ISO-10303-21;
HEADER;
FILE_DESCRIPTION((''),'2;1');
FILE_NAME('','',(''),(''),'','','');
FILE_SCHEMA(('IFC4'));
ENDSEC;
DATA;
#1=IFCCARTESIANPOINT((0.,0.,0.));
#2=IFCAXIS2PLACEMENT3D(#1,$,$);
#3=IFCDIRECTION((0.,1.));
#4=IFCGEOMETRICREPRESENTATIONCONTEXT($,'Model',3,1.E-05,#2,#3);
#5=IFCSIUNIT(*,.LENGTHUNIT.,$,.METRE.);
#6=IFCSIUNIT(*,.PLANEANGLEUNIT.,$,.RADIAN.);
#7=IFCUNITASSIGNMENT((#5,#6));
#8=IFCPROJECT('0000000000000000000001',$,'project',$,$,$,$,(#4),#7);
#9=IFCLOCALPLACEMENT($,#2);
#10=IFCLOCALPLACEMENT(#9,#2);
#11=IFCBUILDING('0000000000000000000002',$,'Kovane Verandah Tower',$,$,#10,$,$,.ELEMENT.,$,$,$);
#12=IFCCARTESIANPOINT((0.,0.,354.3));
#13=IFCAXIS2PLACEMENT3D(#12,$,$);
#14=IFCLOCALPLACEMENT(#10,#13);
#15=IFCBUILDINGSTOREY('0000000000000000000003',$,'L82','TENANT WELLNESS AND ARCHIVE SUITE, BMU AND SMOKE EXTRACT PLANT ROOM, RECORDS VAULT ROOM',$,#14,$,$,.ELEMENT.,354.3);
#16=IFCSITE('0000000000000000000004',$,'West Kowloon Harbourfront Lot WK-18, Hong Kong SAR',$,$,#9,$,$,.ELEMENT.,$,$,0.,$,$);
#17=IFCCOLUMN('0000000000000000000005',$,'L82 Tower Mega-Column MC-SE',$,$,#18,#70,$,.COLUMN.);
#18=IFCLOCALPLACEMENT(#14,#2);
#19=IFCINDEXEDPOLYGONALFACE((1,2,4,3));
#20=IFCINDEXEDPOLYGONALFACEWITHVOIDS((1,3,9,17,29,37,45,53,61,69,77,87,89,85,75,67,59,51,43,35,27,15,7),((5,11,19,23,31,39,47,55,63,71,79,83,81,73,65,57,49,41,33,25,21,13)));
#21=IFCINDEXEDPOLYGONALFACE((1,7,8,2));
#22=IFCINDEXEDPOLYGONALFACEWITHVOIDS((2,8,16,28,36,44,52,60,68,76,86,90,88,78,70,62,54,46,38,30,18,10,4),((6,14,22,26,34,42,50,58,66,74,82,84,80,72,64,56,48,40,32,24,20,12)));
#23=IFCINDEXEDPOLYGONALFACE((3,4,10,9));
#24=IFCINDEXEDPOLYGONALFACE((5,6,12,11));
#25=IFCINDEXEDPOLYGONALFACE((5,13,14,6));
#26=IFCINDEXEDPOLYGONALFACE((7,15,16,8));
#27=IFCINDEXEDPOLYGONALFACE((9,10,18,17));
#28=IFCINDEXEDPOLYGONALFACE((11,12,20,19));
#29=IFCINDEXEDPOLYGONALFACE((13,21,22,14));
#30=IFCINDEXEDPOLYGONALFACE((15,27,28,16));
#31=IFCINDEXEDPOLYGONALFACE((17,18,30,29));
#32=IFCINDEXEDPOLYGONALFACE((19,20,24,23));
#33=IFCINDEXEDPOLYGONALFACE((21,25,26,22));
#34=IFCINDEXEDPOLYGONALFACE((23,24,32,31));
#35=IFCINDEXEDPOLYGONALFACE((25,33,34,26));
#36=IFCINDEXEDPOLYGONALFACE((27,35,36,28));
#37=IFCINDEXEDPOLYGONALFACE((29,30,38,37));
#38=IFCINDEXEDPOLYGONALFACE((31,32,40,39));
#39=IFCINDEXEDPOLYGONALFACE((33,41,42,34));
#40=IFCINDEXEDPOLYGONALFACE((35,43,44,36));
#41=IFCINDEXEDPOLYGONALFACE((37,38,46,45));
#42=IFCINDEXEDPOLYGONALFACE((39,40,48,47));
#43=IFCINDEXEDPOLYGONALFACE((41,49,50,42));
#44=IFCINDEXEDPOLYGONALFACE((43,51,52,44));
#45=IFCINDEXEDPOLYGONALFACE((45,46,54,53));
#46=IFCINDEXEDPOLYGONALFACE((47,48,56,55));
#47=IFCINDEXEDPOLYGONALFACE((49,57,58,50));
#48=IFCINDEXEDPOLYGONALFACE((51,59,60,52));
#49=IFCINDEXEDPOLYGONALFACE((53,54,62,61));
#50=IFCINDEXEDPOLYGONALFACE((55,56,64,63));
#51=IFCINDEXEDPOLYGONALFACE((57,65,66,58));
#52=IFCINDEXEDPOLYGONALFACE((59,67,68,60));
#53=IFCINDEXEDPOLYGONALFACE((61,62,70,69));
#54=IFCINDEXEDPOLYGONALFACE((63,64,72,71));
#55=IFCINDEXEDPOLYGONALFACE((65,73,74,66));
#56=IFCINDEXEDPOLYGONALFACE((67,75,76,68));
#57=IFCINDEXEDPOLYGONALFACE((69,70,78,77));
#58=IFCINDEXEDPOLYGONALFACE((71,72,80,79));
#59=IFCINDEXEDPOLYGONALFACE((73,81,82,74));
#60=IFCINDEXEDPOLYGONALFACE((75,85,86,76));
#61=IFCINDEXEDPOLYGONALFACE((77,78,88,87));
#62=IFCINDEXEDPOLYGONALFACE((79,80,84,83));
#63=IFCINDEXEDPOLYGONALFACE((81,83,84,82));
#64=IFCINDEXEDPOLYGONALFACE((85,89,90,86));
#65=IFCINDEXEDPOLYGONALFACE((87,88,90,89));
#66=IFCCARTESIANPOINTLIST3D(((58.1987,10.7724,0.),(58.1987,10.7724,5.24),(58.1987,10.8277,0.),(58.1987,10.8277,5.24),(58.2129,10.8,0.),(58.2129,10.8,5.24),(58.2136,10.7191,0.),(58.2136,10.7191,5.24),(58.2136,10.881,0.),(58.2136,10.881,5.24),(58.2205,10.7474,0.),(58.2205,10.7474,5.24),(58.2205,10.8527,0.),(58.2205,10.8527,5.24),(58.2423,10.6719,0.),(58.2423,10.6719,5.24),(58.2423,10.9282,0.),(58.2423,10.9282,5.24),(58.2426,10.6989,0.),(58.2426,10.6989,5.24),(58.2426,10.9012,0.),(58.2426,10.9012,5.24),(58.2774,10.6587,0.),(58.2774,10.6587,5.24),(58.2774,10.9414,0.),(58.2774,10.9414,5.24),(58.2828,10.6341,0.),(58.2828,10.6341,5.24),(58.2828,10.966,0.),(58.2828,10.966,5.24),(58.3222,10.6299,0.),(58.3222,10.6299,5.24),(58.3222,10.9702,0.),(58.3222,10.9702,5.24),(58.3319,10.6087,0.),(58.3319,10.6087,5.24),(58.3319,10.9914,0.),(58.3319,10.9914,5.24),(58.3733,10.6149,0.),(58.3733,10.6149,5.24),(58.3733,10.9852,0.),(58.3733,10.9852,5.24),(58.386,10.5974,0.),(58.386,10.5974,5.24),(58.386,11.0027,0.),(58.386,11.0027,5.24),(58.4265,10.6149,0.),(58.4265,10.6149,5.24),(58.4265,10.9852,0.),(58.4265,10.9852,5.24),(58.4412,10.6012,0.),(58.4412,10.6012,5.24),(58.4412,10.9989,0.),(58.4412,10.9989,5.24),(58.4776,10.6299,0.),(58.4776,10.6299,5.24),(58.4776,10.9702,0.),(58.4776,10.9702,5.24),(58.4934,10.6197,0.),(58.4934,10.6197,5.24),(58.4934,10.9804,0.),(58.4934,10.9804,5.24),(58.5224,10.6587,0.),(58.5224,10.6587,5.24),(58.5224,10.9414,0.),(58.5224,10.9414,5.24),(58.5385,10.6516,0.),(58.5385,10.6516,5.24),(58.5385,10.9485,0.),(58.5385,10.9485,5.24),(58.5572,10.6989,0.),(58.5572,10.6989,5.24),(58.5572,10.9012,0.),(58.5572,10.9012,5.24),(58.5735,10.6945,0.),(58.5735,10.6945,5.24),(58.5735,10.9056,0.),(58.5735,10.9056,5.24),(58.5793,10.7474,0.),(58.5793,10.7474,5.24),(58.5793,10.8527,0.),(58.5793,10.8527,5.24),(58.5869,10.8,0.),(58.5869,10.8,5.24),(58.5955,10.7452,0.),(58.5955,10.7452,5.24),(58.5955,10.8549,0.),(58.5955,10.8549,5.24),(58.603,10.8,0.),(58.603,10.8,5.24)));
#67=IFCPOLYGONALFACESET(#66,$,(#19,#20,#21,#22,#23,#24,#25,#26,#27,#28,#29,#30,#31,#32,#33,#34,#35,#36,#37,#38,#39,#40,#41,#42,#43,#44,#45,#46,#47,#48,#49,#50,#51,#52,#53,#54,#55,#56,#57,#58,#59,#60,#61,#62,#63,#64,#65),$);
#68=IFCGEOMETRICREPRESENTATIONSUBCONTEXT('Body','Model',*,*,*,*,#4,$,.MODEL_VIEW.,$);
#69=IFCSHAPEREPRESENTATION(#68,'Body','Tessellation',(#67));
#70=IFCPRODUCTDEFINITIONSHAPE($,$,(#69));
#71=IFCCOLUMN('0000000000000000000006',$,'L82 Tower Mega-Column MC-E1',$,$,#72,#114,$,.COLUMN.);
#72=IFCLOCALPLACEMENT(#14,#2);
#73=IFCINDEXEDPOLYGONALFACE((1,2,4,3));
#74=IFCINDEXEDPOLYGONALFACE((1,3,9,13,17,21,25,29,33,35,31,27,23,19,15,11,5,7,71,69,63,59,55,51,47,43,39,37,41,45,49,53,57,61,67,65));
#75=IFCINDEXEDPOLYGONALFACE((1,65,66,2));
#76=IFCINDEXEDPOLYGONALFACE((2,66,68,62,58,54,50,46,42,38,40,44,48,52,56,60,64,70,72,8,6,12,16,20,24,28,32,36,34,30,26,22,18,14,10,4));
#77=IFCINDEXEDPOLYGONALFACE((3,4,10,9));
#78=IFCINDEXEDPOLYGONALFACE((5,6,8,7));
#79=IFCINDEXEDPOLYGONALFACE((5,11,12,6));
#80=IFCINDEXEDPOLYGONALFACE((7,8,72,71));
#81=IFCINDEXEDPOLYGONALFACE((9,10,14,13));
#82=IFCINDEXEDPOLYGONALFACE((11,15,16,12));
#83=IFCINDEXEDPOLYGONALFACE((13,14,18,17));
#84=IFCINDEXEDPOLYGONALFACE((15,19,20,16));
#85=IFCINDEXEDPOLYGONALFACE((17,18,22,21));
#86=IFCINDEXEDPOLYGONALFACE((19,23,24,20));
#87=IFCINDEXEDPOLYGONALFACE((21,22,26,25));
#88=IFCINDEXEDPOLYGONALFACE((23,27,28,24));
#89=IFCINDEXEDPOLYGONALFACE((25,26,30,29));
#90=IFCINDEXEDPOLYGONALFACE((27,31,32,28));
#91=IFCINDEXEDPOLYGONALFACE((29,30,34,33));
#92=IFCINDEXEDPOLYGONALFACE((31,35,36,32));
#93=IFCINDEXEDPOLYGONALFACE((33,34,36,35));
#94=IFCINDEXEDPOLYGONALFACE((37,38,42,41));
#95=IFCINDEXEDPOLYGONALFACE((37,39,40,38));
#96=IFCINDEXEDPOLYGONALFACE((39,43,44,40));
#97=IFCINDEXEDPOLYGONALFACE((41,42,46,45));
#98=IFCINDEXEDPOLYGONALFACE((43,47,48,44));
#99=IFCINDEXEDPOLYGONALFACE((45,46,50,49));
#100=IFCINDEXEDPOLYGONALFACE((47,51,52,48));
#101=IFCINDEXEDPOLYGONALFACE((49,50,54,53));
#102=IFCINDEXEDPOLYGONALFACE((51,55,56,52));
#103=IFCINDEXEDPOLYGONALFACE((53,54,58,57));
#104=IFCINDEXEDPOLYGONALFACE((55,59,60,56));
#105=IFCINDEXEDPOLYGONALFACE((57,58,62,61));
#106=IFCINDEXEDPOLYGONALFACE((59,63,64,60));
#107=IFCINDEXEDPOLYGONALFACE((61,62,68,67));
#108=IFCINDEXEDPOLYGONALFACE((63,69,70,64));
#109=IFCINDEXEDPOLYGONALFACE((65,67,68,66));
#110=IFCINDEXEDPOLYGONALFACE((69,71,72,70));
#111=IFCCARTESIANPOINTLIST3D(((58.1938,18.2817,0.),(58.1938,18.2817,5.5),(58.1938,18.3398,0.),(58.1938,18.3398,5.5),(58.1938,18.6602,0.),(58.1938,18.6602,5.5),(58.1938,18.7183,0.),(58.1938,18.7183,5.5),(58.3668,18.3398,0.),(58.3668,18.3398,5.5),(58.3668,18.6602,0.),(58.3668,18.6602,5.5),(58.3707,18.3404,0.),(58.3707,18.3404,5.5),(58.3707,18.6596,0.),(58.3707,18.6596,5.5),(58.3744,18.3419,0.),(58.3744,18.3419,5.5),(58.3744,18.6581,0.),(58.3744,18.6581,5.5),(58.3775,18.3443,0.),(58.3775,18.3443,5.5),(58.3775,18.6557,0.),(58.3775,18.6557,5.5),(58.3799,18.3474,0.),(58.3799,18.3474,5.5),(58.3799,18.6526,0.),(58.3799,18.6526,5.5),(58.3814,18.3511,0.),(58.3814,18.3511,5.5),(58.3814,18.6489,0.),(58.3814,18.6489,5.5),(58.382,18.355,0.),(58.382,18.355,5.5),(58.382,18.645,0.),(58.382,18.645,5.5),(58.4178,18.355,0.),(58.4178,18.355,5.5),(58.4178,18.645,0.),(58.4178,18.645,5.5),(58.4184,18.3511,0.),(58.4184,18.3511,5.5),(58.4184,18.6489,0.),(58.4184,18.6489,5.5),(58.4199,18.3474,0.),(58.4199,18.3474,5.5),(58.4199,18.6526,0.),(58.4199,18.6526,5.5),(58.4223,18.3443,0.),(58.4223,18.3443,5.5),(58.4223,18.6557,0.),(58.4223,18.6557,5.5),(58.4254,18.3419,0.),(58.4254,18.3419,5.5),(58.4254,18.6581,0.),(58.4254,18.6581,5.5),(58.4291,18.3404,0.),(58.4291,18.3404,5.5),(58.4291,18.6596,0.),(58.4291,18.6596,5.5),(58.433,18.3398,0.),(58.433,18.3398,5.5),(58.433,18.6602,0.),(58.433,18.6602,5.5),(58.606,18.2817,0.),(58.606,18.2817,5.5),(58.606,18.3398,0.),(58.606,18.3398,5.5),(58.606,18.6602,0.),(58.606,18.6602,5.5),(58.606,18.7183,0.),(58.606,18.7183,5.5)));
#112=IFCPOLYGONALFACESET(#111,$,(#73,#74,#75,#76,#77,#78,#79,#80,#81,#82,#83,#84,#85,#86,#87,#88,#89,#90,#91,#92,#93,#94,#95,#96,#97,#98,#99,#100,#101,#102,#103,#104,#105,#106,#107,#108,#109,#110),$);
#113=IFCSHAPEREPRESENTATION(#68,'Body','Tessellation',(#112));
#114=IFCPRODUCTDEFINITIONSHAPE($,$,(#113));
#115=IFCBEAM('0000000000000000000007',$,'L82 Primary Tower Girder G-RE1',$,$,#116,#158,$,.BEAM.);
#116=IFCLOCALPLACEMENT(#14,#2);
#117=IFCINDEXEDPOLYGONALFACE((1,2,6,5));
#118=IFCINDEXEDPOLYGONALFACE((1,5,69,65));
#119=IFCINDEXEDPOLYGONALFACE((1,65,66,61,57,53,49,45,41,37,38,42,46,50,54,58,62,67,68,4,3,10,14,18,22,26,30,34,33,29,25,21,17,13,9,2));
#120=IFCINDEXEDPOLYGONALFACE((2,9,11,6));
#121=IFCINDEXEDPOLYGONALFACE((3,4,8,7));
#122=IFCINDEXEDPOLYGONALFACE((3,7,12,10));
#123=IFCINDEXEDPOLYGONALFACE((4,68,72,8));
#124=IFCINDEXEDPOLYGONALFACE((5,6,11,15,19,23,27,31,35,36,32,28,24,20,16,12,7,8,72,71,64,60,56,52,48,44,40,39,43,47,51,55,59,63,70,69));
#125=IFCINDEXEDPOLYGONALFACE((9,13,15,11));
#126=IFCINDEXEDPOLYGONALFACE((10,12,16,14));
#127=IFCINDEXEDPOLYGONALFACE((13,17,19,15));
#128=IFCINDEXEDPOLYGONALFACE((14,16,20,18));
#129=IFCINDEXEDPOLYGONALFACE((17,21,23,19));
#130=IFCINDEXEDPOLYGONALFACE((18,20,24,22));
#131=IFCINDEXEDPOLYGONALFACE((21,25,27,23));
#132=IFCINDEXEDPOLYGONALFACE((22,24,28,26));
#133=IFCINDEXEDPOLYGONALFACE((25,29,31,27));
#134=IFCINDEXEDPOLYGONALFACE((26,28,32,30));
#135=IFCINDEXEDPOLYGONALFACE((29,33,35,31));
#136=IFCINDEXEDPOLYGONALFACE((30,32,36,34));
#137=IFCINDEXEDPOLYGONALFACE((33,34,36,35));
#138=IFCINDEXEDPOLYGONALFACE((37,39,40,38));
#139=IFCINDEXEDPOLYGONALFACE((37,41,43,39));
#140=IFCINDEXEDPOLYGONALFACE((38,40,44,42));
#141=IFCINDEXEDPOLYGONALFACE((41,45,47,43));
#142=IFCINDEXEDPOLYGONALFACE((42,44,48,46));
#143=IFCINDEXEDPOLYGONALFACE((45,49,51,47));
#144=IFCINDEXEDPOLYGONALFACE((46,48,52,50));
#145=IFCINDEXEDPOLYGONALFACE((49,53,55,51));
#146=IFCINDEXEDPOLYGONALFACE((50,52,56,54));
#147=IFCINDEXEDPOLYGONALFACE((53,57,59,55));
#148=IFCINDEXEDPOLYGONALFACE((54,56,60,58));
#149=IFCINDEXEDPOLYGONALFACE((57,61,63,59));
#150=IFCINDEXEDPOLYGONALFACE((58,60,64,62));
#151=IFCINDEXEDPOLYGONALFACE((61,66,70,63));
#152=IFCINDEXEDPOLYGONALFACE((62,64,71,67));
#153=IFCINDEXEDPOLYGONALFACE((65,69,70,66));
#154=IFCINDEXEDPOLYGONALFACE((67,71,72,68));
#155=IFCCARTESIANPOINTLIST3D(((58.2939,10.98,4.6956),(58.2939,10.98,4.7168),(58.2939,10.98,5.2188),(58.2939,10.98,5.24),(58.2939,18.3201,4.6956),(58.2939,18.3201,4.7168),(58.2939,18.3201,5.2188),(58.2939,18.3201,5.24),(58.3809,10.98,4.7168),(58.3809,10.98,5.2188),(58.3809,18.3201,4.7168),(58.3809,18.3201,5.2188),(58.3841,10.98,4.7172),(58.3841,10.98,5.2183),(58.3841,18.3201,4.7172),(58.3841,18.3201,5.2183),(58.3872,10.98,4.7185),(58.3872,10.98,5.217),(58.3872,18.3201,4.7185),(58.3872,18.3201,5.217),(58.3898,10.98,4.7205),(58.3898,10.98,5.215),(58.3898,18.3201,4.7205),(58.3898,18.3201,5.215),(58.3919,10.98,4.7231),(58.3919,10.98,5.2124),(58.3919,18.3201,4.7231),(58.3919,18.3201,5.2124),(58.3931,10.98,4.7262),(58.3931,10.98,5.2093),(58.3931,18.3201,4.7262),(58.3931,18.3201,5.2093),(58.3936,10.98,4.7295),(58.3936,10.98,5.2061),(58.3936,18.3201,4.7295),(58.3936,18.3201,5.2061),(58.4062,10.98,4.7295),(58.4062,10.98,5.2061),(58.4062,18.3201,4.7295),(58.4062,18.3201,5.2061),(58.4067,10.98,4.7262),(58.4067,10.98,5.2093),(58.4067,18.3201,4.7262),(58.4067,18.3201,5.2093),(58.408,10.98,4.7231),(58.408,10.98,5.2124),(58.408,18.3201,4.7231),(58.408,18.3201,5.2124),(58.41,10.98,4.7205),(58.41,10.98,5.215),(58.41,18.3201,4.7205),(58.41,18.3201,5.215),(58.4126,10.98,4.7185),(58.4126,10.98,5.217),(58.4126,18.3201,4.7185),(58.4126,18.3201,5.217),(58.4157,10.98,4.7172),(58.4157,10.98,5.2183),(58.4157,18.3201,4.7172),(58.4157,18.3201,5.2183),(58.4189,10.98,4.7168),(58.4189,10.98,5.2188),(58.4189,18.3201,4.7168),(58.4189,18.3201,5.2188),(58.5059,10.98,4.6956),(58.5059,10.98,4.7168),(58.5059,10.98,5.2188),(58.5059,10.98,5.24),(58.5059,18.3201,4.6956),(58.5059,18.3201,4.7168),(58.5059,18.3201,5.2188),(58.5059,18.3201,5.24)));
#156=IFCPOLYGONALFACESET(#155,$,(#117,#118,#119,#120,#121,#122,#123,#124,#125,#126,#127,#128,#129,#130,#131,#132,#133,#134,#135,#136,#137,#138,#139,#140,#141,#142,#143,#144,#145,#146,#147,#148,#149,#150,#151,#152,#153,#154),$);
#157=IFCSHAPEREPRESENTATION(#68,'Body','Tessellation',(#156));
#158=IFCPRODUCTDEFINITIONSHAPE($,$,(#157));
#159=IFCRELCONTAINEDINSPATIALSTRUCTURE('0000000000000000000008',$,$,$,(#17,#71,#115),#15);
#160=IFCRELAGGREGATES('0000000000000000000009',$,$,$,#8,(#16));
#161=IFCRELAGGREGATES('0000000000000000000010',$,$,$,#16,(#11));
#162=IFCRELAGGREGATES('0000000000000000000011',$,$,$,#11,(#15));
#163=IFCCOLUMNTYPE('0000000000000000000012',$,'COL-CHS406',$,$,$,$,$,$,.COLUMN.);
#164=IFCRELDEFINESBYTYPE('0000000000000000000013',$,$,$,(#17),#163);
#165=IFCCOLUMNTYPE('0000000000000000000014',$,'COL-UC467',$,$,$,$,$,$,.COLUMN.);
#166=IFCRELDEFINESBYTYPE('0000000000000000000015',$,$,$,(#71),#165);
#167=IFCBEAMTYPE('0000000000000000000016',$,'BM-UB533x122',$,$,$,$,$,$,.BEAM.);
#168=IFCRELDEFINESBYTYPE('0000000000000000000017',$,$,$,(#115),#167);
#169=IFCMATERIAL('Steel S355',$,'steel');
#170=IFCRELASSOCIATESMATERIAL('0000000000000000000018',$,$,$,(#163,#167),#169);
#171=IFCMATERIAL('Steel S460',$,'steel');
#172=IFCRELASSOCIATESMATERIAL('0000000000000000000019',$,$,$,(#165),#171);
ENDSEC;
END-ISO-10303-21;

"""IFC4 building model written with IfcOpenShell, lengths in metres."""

from ifc_helpers import new_model, si_unit, direction, frame, origin, origin_2d, place, context, subcontext, project, spatial, hollow_circle, i_section, extrude, material, material_profile, profile_set, type_object, element, save


model = new_model("IFC4")

# Units and contexts
model_context = context("Model", 3, precision=1e-05, world=origin(), true_north=direction((0.0, 1.0)))
body_context = subcontext(model_context, "Body", "Model", "MODEL_VIEW")
ifc_project = project(units=[si_unit("LENGTHUNIT", "METRE"), si_unit("PLANEANGLEUNIT", "RADIAN")], contexts=[model_context])

# Site, building, storey
site_placement = place(None, origin())
site = spatial("IfcSite", under=ifc_project, at=site_placement, Name="West Kowloon Harbourfront Lot WK-18, Hong Kong SAR", CompositionType="ELEMENT", RefElevation=0.0)
building_placement = place(site_placement, origin())
building = spatial("IfcBuilding", under=site, at=building_placement, Name="Kovane Verandah Tower", CompositionType="ELEMENT")
storey_placement = place(building_placement, frame((0.0, 0.0, 354.3)))
storey = spatial("IfcBuildingStorey", under=building, at=storey_placement, Name="L82", Description="TENANT WELLNESS AND ARCHIVE SUITE, BMU AND SMOKE EXTRACT PLANT ROOM, RECORDS VAULT ROOM", CompositionType="ELEMENT", Elevation=354.3)

# Columns
ifc_material_1 = material(Name="Steel S355", Category="steel")
ifc_material_profile_1 = material_profile(ifc_material_1, hollow_circle(Radius=0.2031, WallThickness=0.0161, at=origin_2d()), Name="CHS406.4x16")
ifc_profile_set_1 = profile_set([ifc_material_profile_1], Name="Steel S355")
column_type_1 = type_object("IfcColumnType", Name="COL-CHS406", PredefinedType="COLUMN", material=ifc_profile_set_1)
column_1_placement = place(storey_placement, frame((58.3999, 10.8, 0.0), z_axis=(0.0, 0.0, 1.0), x_axis=(1.0, 0.0, 0.0)))
element("IfcColumn", 1, at=column_1_placement, inside=storey, type_object=column_type_1, Name="L82 Tower Mega-Column MC-SE", PredefinedType="COLUMN", context=body_context, shape_type="SweptSolid", body=[
    extrude(hollow_circle(Radius=0.2031, WallThickness=0.0161, at=origin_2d()), origin(), (0.0, 0.0, 1.0), 5.24),
])
ifc_material_2 = material(Name="Steel S460", Category="steel")
ifc_material_profile_2 = material_profile(ifc_material_2, i_section(OverallWidth=0.4121, OverallDepth=0.4365, WebThickness=0.0359, FlangeThickness=0.0581, FilletRadius=0.0151, at=origin_2d()), Name="UC356x406x467")
ifc_profile_set_2 = profile_set([ifc_material_profile_2], Name="Steel S460")
column_type_2 = type_object("IfcColumnType", Name="COL-UC467", PredefinedType="COLUMN", material=ifc_profile_set_2)
column_2_placement = place(storey_placement, frame((58.3999, 18.5, 0.0), z_axis=(0.0, 0.0, 1.0), x_axis=(1.0, 0.0, 0.0)))
element("IfcColumn", 2, at=column_2_placement, inside=storey, type_object=column_type_2, Name="L82 Tower Mega-Column MC-E1", PredefinedType="COLUMN", context=body_context, shape_type="SweptSolid", body=[
    extrude(i_section(OverallWidth=0.4121, OverallDepth=0.4365, WebThickness=0.0359, FlangeThickness=0.0581, FilletRadius=0.0151, at=origin_2d()), origin(), (0.0, 0.0, 1.0), 5.5),
])

# Beam
ifc_material_profile_3 = material_profile(ifc_material_1, i_section(OverallWidth=0.2119, OverallDepth=0.5444, WebThickness=0.0127, FlangeThickness=0.0212, FilletRadius=0.0127, at=origin_2d()), Name="UB533x210x122")
ifc_profile_set_3 = profile_set([ifc_material_profile_3], Name="Steel S355")
beam_type_1 = type_object("IfcBeamType", Name="BM-UB533x122", PredefinedType="BEAM", material=ifc_profile_set_3)
beam_1_placement = place(storey_placement, frame((58.3999, 10.98, 4.9678), z_axis=(0.0, 1.0, 0.0), x_axis=(-1.0, 0.0, 0.0)))
element("IfcBeam", 3, at=beam_1_placement, inside=storey, type_object=beam_type_1, Name="L82 Primary Tower Girder G-RE1", PredefinedType="BEAM", context=body_context, shape_type="SweptSolid", body=[
    extrude(i_section(OverallWidth=0.2119, OverallDepth=0.5444, WebThickness=0.0127, FlangeThickness=0.0212, FilletRadius=0.0127, at=origin_2d()), origin(), (0.0, 0.0, 1.0), 7.3401),
])

save(model, "model.ifc")
